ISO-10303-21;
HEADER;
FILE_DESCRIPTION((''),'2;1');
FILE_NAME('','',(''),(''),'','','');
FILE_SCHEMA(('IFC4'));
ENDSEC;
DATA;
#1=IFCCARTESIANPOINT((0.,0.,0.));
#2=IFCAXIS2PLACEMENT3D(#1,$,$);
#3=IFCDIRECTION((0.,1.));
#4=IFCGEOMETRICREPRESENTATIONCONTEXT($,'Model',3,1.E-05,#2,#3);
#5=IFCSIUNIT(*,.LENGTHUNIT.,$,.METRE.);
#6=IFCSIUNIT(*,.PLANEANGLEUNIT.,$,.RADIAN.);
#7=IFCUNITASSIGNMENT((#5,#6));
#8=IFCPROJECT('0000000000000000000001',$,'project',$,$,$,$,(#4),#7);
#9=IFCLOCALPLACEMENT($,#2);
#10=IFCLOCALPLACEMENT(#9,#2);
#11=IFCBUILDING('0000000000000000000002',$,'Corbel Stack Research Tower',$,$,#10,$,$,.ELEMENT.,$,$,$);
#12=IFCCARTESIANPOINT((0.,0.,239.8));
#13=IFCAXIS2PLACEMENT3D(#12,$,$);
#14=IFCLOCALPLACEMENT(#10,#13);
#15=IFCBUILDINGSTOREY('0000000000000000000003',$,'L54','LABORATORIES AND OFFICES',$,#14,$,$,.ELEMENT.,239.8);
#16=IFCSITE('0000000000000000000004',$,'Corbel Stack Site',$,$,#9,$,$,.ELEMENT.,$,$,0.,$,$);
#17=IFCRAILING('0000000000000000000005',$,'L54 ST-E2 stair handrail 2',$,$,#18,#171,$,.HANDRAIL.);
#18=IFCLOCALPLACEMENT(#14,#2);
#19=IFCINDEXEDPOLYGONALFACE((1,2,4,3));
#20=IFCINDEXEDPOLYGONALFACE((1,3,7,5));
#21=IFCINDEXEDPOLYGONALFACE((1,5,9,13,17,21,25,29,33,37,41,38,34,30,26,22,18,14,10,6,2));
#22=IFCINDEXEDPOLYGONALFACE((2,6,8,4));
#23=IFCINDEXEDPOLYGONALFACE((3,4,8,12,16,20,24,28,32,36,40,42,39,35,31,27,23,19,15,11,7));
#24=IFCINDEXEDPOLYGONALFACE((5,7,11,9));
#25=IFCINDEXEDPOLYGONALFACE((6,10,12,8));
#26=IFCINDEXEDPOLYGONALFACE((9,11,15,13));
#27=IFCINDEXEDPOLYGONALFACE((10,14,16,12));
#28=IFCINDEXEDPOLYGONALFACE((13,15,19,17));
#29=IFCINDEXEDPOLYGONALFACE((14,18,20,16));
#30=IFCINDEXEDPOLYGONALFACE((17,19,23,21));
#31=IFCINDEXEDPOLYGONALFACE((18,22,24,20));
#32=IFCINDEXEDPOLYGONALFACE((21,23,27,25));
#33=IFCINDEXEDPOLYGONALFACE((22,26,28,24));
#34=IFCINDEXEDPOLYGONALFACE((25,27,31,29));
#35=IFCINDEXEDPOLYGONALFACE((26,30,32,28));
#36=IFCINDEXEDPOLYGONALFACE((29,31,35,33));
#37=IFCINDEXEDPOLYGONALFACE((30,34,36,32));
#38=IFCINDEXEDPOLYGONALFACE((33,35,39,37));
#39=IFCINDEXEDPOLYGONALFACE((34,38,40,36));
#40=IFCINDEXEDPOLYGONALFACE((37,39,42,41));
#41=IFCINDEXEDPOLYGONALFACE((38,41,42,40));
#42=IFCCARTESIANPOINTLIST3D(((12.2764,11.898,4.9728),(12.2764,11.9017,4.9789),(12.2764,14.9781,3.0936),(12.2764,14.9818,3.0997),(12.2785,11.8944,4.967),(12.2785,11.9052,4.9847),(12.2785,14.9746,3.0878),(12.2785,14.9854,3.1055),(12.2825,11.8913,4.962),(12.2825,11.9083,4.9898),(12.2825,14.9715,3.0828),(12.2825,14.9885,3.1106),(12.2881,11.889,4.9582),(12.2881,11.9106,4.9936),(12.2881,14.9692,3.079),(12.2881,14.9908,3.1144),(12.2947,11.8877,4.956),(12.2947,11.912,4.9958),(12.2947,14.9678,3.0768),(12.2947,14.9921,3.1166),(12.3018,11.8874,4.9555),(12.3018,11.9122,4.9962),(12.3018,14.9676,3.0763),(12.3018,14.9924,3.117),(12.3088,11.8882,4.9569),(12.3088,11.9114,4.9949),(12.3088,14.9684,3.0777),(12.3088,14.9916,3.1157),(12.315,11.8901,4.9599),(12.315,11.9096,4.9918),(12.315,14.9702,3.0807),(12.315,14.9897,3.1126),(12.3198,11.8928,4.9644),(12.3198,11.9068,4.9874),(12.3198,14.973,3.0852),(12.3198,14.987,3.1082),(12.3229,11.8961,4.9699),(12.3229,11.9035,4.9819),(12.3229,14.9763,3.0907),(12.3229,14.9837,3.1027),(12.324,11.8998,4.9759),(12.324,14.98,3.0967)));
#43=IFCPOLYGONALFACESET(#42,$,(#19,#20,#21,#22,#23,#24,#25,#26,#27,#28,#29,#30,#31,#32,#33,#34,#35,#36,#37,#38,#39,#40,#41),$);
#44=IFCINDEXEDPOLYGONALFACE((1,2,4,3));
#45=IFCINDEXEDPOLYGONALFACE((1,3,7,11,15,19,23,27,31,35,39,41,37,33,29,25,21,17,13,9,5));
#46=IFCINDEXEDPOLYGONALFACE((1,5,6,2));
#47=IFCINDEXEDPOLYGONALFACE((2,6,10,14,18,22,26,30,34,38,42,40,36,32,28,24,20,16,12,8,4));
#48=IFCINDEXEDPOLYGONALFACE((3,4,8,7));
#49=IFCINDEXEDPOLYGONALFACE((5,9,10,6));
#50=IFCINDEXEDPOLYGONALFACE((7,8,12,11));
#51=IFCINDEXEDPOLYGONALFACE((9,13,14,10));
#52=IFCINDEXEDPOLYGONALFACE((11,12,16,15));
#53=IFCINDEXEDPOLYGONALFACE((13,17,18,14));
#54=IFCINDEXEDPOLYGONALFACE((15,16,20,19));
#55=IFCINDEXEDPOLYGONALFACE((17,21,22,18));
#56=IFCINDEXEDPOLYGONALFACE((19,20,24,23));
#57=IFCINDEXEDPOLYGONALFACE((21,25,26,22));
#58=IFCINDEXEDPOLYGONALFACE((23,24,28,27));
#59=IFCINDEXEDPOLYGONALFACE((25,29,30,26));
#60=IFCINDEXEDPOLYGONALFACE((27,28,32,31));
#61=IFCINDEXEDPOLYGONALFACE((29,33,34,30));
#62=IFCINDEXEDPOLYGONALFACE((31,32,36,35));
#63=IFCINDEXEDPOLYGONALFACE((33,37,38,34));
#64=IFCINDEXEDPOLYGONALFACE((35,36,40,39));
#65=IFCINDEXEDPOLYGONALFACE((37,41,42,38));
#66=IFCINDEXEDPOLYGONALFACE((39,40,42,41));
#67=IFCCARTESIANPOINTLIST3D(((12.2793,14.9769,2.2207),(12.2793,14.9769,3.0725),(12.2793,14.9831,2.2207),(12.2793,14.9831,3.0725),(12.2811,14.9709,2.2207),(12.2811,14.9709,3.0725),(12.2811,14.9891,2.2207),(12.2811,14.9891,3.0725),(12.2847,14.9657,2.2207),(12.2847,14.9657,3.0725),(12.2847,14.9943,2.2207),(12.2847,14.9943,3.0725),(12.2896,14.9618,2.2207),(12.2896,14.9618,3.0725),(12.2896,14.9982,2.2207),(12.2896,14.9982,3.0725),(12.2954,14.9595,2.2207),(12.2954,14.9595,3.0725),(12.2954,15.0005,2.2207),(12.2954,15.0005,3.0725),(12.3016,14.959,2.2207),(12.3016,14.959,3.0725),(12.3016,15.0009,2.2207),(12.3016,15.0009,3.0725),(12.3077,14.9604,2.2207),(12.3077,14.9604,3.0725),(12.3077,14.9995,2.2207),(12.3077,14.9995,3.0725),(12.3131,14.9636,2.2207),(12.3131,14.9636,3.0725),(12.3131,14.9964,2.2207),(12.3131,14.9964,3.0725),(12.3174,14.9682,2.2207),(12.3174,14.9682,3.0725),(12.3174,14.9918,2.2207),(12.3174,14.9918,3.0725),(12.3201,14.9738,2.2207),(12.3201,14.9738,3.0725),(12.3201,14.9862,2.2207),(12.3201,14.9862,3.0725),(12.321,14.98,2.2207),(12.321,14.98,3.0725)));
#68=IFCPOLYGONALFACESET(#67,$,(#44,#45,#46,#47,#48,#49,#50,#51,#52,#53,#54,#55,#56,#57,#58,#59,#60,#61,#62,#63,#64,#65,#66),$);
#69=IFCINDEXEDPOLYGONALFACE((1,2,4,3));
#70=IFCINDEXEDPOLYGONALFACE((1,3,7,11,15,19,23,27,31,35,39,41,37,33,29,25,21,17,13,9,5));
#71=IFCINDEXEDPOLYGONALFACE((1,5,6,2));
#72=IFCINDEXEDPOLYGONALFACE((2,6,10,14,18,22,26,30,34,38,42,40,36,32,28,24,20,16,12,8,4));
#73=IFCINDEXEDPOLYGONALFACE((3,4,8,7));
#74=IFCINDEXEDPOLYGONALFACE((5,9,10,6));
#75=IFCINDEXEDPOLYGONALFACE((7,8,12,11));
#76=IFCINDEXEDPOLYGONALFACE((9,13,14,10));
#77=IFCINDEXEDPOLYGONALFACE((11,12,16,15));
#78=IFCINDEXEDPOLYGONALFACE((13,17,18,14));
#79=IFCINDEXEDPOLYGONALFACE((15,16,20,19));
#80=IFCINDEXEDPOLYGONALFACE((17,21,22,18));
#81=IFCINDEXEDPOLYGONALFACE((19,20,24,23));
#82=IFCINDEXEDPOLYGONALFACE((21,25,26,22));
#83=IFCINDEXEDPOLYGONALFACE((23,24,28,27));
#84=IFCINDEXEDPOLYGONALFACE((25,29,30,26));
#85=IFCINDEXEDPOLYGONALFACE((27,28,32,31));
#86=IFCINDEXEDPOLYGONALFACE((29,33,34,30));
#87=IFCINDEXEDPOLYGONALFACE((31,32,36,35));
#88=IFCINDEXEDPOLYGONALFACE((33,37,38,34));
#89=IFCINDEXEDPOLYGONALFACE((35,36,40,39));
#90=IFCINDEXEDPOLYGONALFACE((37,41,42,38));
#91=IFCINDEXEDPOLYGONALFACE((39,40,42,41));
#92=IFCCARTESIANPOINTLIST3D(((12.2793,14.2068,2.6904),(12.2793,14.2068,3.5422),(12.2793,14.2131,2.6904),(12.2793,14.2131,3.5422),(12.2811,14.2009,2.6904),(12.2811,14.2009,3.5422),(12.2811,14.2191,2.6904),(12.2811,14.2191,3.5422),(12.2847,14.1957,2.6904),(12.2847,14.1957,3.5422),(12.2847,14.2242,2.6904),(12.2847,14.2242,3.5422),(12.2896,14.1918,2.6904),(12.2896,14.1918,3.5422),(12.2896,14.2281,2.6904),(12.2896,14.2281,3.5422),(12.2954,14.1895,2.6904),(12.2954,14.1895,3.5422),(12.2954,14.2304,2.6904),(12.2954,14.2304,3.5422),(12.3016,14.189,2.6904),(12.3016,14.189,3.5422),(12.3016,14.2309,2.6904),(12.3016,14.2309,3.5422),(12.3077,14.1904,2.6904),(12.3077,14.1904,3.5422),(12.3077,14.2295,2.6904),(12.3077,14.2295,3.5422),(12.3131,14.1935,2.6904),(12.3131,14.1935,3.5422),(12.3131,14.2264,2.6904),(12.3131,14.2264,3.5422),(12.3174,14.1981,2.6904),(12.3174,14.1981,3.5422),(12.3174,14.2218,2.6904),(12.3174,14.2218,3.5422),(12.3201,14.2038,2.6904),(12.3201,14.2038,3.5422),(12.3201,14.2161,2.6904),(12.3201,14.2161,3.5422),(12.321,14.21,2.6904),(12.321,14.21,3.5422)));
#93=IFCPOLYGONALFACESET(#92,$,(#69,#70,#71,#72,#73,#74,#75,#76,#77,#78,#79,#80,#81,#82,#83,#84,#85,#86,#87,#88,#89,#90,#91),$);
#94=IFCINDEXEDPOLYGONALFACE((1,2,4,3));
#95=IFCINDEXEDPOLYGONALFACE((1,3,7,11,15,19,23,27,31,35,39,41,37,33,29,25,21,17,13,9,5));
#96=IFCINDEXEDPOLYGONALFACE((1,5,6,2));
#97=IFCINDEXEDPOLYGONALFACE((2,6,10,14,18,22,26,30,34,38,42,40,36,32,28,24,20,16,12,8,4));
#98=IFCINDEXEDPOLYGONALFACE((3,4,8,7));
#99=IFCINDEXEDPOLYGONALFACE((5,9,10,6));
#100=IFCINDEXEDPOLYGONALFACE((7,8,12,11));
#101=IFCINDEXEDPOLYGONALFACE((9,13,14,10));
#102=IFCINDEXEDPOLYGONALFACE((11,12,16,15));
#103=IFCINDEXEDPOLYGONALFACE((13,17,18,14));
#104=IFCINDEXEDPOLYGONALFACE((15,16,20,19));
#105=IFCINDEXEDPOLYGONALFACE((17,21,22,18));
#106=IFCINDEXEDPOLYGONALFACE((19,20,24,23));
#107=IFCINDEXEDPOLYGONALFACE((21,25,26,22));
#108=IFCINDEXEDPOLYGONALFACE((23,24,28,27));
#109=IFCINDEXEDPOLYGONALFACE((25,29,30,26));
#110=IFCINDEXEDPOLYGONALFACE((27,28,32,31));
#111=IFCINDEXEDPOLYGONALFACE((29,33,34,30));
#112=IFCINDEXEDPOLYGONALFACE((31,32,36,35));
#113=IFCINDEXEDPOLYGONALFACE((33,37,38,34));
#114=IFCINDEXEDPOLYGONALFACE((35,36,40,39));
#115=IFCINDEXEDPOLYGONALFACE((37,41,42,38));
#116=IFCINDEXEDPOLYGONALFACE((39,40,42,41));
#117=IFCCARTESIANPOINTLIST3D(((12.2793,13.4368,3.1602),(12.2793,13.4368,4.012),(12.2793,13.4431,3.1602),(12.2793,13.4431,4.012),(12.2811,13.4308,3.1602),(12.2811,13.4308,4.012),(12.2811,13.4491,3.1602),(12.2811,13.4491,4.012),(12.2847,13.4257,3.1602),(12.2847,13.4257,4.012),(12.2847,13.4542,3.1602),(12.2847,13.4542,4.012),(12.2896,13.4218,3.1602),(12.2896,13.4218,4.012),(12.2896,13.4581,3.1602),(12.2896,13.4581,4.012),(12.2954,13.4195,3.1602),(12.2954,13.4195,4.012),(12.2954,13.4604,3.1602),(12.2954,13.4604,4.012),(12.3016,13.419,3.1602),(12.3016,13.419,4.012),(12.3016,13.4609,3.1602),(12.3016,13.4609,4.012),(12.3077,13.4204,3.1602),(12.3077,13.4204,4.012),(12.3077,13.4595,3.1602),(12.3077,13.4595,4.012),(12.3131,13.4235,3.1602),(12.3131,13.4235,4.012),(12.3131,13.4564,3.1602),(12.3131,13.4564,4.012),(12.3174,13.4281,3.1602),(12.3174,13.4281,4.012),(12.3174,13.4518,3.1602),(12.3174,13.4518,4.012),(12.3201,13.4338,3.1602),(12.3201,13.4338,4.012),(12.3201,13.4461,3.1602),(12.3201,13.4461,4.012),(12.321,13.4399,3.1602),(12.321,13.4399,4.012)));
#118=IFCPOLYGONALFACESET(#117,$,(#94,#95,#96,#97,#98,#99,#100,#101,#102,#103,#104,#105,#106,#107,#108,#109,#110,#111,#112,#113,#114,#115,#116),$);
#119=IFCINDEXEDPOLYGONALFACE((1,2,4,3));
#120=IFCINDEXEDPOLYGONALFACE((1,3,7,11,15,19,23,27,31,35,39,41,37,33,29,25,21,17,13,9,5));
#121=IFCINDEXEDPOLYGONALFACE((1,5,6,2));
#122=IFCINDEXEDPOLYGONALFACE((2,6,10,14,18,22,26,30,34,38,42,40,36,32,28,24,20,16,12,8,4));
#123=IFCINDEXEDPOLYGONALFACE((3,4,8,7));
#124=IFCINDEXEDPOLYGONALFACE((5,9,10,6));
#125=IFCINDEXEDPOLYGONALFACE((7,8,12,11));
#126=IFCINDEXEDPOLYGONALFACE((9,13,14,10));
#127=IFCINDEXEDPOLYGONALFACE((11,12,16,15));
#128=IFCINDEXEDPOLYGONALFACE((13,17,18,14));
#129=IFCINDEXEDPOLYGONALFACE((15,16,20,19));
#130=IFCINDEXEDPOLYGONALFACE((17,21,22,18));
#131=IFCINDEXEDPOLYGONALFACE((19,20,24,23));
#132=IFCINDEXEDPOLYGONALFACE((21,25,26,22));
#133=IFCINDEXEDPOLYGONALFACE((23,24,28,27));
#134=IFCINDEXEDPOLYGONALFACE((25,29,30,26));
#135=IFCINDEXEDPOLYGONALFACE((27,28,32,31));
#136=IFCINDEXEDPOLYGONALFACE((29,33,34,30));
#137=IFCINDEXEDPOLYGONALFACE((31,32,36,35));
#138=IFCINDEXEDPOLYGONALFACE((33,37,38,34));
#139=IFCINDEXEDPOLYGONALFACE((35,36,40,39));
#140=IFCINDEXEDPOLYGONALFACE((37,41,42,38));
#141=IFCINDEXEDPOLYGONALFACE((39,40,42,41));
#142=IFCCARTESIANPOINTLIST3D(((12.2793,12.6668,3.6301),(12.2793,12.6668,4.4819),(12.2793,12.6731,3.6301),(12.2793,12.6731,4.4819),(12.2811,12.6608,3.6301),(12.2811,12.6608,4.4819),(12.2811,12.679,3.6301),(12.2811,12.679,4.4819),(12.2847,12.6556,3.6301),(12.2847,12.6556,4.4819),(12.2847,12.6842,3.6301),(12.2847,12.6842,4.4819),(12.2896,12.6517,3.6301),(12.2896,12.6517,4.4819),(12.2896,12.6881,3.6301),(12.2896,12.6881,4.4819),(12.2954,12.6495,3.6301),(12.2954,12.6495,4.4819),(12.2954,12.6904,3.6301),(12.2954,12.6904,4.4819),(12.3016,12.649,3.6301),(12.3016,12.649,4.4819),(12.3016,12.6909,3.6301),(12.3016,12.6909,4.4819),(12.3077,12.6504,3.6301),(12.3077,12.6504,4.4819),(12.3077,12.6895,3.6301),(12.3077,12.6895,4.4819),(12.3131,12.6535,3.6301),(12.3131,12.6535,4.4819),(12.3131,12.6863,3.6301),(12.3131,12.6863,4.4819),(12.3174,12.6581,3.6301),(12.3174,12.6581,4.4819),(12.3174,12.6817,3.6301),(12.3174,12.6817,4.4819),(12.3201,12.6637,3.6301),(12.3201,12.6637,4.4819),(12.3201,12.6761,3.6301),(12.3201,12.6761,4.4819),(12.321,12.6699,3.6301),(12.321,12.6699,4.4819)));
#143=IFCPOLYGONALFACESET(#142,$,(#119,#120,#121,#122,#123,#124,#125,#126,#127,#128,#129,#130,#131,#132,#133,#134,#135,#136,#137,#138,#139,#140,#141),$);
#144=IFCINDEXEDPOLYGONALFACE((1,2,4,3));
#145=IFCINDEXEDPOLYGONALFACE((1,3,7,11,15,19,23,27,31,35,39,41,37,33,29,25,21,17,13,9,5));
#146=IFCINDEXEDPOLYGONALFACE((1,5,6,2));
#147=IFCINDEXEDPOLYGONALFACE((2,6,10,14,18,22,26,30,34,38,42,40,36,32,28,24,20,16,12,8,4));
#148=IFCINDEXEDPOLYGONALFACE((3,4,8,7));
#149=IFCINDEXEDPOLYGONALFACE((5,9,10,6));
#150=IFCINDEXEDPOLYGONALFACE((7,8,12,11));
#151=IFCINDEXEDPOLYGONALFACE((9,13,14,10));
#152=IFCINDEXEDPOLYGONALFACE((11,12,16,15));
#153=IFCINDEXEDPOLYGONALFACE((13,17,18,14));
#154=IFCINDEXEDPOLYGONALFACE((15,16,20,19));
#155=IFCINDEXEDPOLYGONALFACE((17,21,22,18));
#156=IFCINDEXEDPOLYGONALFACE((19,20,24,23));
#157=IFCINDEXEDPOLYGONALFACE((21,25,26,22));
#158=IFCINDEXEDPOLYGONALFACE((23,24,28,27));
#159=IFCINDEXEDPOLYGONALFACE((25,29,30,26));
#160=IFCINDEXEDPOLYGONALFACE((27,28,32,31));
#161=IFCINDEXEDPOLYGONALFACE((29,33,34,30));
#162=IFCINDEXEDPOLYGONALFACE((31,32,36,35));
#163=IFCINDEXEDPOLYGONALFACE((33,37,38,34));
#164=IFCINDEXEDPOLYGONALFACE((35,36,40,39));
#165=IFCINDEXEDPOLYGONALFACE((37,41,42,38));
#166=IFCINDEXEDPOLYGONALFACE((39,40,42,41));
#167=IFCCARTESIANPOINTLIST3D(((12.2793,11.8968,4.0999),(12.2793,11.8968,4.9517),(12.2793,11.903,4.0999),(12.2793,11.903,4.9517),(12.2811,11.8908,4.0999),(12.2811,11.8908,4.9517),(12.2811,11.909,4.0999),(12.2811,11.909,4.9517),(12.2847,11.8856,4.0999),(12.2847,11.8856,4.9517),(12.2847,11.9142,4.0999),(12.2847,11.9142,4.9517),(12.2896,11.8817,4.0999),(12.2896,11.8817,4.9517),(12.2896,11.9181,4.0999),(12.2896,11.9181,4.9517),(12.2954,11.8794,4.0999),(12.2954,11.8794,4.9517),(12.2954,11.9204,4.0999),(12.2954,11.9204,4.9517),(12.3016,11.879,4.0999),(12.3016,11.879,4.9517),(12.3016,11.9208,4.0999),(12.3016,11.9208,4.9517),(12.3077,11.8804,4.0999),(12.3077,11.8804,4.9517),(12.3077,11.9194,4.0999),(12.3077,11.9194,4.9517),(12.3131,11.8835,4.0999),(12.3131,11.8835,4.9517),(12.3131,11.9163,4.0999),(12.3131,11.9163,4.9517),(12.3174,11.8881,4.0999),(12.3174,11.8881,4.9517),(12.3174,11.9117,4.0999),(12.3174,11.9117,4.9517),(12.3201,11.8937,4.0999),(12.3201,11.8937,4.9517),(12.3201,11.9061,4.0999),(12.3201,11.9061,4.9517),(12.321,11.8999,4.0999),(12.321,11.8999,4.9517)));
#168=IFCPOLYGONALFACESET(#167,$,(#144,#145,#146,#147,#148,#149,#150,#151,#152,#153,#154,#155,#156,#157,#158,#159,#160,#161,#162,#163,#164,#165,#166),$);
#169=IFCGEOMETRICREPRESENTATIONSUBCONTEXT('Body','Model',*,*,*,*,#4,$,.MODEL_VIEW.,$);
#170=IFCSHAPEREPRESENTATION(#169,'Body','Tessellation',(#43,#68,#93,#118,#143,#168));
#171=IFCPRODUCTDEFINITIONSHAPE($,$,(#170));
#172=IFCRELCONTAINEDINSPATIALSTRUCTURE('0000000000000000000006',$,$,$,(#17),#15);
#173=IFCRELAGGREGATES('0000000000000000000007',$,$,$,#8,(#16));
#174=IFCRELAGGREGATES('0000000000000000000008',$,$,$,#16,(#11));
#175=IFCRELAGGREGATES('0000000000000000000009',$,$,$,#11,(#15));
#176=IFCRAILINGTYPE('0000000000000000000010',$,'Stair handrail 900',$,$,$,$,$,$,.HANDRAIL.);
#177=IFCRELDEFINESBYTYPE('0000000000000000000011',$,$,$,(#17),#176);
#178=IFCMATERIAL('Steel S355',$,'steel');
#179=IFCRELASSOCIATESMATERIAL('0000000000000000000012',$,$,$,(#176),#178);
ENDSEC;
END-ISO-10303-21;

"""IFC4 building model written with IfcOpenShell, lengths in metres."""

from ifc_helpers import new_model, si_unit, direction, frame, origin, origin_2d, place, context, subcontext, project, spatial, circle, extrude, material, type_object, element, save


model = new_model("IFC4")

# Units and contexts
model_context = context("Model", 3, precision=1e-05, world=origin(), true_north=direction((0.0, 1.0)))
body_context = subcontext(model_context, "Body", "Model", "MODEL_VIEW")
ifc_project = project(units=[si_unit("LENGTHUNIT", "METRE"), si_unit("PLANEANGLEUNIT", "RADIAN")], contexts=[model_context])

# Site, building, storey
site_placement = place(None, origin())
site = spatial("IfcSite", under=ifc_project, at=site_placement, Name="Corbel Stack Site", CompositionType="ELEMENT", RefElevation=0.0)
building_placement = place(site_placement, origin())
building = spatial("IfcBuilding", under=site, at=building_placement, Name="Corbel Stack Research Tower", CompositionType="ELEMENT")
storey_placement = place(building_placement, frame((0.0, 0.0, 239.8)))
storey = spatial("IfcBuildingStorey", under=building, at=storey_placement, Name="L54", Description="LABORATORIES AND OFFICES", CompositionType="ELEMENT", Elevation=239.8)

# Railing
ifc_material_1 = material(Name="Steel S355", Category="steel")
railing_type_1 = type_object("IfcRailingType", Name="Stair handrail 900", PredefinedType="HANDRAIL", material=ifc_material_1)
railing_1_placement = place(storey_placement, frame((12.3, 14.98, 2.2207)))
element("IfcRailing", 1, at=railing_1_placement, inside=storey, type_object=railing_type_1, Name="L54 ST-E2 stair handrail 2", PredefinedType="HANDRAIL", context=body_context, shape_type="SweptSolid", body=[
    extrude(circle(Radius=0.0239, at=origin_2d()), frame((0.0, 0.0, 0.876), z_axis=(0.0, -0.853666, 0.52082), x_axis=(1.0, 0.0, 0.0)), (0.0, 0.0, 1.0), 3.6082),
    extrude(circle(Radius=0.021, at=origin_2d()), origin(), (0.0, 0.0, 1.0), 0.8518),
    extrude(circle(Radius=0.021, at=origin_2d()), frame((0.0, -0.77, 0.4697)), (0.0, 0.0, 1.0), 0.8518),
    extrude(circle(Radius=0.021, at=origin_2d()), frame((0.0, -1.54, 0.9395)), (0.0, 0.0, 1.0), 0.8518),
    extrude(circle(Radius=0.021, at=origin_2d()), frame((0.0, -2.3101, 1.4094)), (0.0, 0.0, 1.0), 0.8518),
    extrude(circle(Radius=0.021, at=origin_2d()), frame((0.0, -3.0801, 1.8792)), (0.0, 0.0, 1.0), 0.8518),
])

save(model, "model.ifc")
